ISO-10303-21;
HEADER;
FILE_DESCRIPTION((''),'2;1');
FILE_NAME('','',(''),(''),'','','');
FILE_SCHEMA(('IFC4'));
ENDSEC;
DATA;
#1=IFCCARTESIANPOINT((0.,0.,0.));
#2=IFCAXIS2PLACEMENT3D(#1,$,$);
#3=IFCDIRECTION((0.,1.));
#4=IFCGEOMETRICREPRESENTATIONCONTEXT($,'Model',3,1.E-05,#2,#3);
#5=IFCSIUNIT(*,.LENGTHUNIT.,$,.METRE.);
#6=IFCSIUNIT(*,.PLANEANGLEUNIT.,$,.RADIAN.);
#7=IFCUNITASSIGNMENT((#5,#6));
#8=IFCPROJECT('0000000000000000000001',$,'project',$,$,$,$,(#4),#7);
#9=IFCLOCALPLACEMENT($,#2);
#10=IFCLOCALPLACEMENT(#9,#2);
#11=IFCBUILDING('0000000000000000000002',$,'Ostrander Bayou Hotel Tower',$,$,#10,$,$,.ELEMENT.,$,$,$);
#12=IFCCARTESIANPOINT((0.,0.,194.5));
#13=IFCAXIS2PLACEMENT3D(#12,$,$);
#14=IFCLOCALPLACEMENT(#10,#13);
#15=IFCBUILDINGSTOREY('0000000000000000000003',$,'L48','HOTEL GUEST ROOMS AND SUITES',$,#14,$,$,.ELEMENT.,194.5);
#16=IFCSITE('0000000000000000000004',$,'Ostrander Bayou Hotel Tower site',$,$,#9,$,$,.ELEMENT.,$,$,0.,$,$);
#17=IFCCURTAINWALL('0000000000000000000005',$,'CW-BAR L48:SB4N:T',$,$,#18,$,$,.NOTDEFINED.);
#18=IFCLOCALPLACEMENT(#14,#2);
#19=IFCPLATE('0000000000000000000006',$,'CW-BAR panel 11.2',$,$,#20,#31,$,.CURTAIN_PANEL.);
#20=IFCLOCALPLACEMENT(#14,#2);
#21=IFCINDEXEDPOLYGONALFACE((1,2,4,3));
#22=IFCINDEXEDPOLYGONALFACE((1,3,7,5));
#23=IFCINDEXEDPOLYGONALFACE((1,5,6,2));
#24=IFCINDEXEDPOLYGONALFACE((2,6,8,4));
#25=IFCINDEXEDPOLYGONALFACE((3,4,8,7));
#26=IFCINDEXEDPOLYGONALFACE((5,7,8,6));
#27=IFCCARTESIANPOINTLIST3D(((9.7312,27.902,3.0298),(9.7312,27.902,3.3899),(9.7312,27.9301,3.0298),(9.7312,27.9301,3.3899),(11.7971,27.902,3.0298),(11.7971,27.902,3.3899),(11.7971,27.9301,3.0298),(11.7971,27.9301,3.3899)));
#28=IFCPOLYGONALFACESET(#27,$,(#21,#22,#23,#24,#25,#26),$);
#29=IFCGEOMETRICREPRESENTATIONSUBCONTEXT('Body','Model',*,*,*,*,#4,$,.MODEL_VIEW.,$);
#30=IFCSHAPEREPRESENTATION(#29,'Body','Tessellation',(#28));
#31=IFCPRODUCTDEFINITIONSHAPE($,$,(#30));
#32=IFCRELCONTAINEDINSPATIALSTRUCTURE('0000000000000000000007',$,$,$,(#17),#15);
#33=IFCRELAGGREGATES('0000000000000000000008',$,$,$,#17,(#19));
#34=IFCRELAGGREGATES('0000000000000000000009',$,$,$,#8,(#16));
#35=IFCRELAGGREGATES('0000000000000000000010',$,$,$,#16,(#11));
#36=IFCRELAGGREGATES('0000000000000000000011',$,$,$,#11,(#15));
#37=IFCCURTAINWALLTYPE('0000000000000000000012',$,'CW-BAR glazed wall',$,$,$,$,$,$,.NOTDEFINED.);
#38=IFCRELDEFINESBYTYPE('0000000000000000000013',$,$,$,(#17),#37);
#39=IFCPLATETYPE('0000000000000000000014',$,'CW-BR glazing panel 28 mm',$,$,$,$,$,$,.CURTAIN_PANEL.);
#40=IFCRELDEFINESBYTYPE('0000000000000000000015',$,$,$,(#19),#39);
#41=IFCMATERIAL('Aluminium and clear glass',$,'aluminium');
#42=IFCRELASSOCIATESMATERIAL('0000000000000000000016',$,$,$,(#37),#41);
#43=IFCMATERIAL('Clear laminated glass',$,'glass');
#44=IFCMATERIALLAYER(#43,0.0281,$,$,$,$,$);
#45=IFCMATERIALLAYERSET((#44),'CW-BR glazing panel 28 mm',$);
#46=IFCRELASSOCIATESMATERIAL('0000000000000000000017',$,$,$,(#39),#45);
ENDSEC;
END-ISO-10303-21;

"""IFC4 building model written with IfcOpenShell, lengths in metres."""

from ifc_helpers import new_model, si_unit, direction, frame, origin, origin_2d, place, context, subcontext, project, spatial, rectangle, extrude, material, layer, layer_set, type_object, element, aggregate, save


model = new_model("IFC4")

# Units and contexts
model_context = context("Model", 3, precision=1e-05, world=origin(), true_north=direction((0.0, 1.0)))
body_context = subcontext(model_context, "Body", "Model", "MODEL_VIEW")
ifc_project = project(units=[si_unit("LENGTHUNIT", "METRE"), si_unit("PLANEANGLEUNIT", "RADIAN")], contexts=[model_context])

# Site, building, storey
site_placement = place(None, origin())
site = spatial("IfcSite", under=ifc_project, at=site_placement, Name="Ostrander Bayou Hotel Tower site", CompositionType="ELEMENT", RefElevation=0.0)
building_placement = place(site_placement, origin())
building = spatial("IfcBuilding", under=site, at=building_placement, Name="Ostrander Bayou Hotel Tower", CompositionType="ELEMENT")
storey_placement = place(building_placement, frame((0.0, 0.0, 194.5)))
storey = spatial("IfcBuildingStorey", under=building, at=storey_placement, Name="L48", Description="HOTEL GUEST ROOMS AND SUITES", CompositionType="ELEMENT", Elevation=194.5)

# Curtain wall, plate
ifc_material_1 = material(Name="Aluminium and clear glass", Category="aluminium")
curtain_wall_type = type_object("IfcCurtainWallType", Name="CW-BAR glazed wall", PredefinedType="NOTDEFINED", material=ifc_material_1)
curtain_wall_placement = place(storey_placement, origin())
curtain_wall = element("IfcCurtainWall", 1, at=curtain_wall_placement, inside=storey, type_object=curtain_wall_type, Name="CW-BAR L48:SB4N:T", PredefinedType="NOTDEFINED")
ifc_material_2 = material(Name="Clear laminated glass", Category="glass")
ifc_layer_1 = layer(ifc_material_2, 0.0281)
ifc_layer_set_1 = layer_set([ifc_layer_1], Name="CW-BR glazing panel 28 mm")
plate_type = type_object("IfcPlateType", Name="CW-BR glazing panel 28 mm", PredefinedType="CURTAIN_PANEL", material=ifc_layer_set_1)
plate_1_placement = place(storey_placement, frame((10.7642, 27.916, 3.0298), z_axis=(0.0, 0.0, 1.0), x_axis=(1.0, 0.0, 0.0)))
plate_1 = element("IfcPlate", 2, at=plate_1_placement, type_object=plate_type, Name="CW-BAR panel 11.2", PredefinedType="CURTAIN_PANEL", context=body_context, shape_type="SweptSolid", body=[
    extrude(rectangle(XDim=2.0659, YDim=0.0281, at=origin_2d()), origin(), (0.0, 0.0, 1.0), 0.3601),
])
aggregate(curtain_wall, [plate_1])

save(model, "model.ifc")
